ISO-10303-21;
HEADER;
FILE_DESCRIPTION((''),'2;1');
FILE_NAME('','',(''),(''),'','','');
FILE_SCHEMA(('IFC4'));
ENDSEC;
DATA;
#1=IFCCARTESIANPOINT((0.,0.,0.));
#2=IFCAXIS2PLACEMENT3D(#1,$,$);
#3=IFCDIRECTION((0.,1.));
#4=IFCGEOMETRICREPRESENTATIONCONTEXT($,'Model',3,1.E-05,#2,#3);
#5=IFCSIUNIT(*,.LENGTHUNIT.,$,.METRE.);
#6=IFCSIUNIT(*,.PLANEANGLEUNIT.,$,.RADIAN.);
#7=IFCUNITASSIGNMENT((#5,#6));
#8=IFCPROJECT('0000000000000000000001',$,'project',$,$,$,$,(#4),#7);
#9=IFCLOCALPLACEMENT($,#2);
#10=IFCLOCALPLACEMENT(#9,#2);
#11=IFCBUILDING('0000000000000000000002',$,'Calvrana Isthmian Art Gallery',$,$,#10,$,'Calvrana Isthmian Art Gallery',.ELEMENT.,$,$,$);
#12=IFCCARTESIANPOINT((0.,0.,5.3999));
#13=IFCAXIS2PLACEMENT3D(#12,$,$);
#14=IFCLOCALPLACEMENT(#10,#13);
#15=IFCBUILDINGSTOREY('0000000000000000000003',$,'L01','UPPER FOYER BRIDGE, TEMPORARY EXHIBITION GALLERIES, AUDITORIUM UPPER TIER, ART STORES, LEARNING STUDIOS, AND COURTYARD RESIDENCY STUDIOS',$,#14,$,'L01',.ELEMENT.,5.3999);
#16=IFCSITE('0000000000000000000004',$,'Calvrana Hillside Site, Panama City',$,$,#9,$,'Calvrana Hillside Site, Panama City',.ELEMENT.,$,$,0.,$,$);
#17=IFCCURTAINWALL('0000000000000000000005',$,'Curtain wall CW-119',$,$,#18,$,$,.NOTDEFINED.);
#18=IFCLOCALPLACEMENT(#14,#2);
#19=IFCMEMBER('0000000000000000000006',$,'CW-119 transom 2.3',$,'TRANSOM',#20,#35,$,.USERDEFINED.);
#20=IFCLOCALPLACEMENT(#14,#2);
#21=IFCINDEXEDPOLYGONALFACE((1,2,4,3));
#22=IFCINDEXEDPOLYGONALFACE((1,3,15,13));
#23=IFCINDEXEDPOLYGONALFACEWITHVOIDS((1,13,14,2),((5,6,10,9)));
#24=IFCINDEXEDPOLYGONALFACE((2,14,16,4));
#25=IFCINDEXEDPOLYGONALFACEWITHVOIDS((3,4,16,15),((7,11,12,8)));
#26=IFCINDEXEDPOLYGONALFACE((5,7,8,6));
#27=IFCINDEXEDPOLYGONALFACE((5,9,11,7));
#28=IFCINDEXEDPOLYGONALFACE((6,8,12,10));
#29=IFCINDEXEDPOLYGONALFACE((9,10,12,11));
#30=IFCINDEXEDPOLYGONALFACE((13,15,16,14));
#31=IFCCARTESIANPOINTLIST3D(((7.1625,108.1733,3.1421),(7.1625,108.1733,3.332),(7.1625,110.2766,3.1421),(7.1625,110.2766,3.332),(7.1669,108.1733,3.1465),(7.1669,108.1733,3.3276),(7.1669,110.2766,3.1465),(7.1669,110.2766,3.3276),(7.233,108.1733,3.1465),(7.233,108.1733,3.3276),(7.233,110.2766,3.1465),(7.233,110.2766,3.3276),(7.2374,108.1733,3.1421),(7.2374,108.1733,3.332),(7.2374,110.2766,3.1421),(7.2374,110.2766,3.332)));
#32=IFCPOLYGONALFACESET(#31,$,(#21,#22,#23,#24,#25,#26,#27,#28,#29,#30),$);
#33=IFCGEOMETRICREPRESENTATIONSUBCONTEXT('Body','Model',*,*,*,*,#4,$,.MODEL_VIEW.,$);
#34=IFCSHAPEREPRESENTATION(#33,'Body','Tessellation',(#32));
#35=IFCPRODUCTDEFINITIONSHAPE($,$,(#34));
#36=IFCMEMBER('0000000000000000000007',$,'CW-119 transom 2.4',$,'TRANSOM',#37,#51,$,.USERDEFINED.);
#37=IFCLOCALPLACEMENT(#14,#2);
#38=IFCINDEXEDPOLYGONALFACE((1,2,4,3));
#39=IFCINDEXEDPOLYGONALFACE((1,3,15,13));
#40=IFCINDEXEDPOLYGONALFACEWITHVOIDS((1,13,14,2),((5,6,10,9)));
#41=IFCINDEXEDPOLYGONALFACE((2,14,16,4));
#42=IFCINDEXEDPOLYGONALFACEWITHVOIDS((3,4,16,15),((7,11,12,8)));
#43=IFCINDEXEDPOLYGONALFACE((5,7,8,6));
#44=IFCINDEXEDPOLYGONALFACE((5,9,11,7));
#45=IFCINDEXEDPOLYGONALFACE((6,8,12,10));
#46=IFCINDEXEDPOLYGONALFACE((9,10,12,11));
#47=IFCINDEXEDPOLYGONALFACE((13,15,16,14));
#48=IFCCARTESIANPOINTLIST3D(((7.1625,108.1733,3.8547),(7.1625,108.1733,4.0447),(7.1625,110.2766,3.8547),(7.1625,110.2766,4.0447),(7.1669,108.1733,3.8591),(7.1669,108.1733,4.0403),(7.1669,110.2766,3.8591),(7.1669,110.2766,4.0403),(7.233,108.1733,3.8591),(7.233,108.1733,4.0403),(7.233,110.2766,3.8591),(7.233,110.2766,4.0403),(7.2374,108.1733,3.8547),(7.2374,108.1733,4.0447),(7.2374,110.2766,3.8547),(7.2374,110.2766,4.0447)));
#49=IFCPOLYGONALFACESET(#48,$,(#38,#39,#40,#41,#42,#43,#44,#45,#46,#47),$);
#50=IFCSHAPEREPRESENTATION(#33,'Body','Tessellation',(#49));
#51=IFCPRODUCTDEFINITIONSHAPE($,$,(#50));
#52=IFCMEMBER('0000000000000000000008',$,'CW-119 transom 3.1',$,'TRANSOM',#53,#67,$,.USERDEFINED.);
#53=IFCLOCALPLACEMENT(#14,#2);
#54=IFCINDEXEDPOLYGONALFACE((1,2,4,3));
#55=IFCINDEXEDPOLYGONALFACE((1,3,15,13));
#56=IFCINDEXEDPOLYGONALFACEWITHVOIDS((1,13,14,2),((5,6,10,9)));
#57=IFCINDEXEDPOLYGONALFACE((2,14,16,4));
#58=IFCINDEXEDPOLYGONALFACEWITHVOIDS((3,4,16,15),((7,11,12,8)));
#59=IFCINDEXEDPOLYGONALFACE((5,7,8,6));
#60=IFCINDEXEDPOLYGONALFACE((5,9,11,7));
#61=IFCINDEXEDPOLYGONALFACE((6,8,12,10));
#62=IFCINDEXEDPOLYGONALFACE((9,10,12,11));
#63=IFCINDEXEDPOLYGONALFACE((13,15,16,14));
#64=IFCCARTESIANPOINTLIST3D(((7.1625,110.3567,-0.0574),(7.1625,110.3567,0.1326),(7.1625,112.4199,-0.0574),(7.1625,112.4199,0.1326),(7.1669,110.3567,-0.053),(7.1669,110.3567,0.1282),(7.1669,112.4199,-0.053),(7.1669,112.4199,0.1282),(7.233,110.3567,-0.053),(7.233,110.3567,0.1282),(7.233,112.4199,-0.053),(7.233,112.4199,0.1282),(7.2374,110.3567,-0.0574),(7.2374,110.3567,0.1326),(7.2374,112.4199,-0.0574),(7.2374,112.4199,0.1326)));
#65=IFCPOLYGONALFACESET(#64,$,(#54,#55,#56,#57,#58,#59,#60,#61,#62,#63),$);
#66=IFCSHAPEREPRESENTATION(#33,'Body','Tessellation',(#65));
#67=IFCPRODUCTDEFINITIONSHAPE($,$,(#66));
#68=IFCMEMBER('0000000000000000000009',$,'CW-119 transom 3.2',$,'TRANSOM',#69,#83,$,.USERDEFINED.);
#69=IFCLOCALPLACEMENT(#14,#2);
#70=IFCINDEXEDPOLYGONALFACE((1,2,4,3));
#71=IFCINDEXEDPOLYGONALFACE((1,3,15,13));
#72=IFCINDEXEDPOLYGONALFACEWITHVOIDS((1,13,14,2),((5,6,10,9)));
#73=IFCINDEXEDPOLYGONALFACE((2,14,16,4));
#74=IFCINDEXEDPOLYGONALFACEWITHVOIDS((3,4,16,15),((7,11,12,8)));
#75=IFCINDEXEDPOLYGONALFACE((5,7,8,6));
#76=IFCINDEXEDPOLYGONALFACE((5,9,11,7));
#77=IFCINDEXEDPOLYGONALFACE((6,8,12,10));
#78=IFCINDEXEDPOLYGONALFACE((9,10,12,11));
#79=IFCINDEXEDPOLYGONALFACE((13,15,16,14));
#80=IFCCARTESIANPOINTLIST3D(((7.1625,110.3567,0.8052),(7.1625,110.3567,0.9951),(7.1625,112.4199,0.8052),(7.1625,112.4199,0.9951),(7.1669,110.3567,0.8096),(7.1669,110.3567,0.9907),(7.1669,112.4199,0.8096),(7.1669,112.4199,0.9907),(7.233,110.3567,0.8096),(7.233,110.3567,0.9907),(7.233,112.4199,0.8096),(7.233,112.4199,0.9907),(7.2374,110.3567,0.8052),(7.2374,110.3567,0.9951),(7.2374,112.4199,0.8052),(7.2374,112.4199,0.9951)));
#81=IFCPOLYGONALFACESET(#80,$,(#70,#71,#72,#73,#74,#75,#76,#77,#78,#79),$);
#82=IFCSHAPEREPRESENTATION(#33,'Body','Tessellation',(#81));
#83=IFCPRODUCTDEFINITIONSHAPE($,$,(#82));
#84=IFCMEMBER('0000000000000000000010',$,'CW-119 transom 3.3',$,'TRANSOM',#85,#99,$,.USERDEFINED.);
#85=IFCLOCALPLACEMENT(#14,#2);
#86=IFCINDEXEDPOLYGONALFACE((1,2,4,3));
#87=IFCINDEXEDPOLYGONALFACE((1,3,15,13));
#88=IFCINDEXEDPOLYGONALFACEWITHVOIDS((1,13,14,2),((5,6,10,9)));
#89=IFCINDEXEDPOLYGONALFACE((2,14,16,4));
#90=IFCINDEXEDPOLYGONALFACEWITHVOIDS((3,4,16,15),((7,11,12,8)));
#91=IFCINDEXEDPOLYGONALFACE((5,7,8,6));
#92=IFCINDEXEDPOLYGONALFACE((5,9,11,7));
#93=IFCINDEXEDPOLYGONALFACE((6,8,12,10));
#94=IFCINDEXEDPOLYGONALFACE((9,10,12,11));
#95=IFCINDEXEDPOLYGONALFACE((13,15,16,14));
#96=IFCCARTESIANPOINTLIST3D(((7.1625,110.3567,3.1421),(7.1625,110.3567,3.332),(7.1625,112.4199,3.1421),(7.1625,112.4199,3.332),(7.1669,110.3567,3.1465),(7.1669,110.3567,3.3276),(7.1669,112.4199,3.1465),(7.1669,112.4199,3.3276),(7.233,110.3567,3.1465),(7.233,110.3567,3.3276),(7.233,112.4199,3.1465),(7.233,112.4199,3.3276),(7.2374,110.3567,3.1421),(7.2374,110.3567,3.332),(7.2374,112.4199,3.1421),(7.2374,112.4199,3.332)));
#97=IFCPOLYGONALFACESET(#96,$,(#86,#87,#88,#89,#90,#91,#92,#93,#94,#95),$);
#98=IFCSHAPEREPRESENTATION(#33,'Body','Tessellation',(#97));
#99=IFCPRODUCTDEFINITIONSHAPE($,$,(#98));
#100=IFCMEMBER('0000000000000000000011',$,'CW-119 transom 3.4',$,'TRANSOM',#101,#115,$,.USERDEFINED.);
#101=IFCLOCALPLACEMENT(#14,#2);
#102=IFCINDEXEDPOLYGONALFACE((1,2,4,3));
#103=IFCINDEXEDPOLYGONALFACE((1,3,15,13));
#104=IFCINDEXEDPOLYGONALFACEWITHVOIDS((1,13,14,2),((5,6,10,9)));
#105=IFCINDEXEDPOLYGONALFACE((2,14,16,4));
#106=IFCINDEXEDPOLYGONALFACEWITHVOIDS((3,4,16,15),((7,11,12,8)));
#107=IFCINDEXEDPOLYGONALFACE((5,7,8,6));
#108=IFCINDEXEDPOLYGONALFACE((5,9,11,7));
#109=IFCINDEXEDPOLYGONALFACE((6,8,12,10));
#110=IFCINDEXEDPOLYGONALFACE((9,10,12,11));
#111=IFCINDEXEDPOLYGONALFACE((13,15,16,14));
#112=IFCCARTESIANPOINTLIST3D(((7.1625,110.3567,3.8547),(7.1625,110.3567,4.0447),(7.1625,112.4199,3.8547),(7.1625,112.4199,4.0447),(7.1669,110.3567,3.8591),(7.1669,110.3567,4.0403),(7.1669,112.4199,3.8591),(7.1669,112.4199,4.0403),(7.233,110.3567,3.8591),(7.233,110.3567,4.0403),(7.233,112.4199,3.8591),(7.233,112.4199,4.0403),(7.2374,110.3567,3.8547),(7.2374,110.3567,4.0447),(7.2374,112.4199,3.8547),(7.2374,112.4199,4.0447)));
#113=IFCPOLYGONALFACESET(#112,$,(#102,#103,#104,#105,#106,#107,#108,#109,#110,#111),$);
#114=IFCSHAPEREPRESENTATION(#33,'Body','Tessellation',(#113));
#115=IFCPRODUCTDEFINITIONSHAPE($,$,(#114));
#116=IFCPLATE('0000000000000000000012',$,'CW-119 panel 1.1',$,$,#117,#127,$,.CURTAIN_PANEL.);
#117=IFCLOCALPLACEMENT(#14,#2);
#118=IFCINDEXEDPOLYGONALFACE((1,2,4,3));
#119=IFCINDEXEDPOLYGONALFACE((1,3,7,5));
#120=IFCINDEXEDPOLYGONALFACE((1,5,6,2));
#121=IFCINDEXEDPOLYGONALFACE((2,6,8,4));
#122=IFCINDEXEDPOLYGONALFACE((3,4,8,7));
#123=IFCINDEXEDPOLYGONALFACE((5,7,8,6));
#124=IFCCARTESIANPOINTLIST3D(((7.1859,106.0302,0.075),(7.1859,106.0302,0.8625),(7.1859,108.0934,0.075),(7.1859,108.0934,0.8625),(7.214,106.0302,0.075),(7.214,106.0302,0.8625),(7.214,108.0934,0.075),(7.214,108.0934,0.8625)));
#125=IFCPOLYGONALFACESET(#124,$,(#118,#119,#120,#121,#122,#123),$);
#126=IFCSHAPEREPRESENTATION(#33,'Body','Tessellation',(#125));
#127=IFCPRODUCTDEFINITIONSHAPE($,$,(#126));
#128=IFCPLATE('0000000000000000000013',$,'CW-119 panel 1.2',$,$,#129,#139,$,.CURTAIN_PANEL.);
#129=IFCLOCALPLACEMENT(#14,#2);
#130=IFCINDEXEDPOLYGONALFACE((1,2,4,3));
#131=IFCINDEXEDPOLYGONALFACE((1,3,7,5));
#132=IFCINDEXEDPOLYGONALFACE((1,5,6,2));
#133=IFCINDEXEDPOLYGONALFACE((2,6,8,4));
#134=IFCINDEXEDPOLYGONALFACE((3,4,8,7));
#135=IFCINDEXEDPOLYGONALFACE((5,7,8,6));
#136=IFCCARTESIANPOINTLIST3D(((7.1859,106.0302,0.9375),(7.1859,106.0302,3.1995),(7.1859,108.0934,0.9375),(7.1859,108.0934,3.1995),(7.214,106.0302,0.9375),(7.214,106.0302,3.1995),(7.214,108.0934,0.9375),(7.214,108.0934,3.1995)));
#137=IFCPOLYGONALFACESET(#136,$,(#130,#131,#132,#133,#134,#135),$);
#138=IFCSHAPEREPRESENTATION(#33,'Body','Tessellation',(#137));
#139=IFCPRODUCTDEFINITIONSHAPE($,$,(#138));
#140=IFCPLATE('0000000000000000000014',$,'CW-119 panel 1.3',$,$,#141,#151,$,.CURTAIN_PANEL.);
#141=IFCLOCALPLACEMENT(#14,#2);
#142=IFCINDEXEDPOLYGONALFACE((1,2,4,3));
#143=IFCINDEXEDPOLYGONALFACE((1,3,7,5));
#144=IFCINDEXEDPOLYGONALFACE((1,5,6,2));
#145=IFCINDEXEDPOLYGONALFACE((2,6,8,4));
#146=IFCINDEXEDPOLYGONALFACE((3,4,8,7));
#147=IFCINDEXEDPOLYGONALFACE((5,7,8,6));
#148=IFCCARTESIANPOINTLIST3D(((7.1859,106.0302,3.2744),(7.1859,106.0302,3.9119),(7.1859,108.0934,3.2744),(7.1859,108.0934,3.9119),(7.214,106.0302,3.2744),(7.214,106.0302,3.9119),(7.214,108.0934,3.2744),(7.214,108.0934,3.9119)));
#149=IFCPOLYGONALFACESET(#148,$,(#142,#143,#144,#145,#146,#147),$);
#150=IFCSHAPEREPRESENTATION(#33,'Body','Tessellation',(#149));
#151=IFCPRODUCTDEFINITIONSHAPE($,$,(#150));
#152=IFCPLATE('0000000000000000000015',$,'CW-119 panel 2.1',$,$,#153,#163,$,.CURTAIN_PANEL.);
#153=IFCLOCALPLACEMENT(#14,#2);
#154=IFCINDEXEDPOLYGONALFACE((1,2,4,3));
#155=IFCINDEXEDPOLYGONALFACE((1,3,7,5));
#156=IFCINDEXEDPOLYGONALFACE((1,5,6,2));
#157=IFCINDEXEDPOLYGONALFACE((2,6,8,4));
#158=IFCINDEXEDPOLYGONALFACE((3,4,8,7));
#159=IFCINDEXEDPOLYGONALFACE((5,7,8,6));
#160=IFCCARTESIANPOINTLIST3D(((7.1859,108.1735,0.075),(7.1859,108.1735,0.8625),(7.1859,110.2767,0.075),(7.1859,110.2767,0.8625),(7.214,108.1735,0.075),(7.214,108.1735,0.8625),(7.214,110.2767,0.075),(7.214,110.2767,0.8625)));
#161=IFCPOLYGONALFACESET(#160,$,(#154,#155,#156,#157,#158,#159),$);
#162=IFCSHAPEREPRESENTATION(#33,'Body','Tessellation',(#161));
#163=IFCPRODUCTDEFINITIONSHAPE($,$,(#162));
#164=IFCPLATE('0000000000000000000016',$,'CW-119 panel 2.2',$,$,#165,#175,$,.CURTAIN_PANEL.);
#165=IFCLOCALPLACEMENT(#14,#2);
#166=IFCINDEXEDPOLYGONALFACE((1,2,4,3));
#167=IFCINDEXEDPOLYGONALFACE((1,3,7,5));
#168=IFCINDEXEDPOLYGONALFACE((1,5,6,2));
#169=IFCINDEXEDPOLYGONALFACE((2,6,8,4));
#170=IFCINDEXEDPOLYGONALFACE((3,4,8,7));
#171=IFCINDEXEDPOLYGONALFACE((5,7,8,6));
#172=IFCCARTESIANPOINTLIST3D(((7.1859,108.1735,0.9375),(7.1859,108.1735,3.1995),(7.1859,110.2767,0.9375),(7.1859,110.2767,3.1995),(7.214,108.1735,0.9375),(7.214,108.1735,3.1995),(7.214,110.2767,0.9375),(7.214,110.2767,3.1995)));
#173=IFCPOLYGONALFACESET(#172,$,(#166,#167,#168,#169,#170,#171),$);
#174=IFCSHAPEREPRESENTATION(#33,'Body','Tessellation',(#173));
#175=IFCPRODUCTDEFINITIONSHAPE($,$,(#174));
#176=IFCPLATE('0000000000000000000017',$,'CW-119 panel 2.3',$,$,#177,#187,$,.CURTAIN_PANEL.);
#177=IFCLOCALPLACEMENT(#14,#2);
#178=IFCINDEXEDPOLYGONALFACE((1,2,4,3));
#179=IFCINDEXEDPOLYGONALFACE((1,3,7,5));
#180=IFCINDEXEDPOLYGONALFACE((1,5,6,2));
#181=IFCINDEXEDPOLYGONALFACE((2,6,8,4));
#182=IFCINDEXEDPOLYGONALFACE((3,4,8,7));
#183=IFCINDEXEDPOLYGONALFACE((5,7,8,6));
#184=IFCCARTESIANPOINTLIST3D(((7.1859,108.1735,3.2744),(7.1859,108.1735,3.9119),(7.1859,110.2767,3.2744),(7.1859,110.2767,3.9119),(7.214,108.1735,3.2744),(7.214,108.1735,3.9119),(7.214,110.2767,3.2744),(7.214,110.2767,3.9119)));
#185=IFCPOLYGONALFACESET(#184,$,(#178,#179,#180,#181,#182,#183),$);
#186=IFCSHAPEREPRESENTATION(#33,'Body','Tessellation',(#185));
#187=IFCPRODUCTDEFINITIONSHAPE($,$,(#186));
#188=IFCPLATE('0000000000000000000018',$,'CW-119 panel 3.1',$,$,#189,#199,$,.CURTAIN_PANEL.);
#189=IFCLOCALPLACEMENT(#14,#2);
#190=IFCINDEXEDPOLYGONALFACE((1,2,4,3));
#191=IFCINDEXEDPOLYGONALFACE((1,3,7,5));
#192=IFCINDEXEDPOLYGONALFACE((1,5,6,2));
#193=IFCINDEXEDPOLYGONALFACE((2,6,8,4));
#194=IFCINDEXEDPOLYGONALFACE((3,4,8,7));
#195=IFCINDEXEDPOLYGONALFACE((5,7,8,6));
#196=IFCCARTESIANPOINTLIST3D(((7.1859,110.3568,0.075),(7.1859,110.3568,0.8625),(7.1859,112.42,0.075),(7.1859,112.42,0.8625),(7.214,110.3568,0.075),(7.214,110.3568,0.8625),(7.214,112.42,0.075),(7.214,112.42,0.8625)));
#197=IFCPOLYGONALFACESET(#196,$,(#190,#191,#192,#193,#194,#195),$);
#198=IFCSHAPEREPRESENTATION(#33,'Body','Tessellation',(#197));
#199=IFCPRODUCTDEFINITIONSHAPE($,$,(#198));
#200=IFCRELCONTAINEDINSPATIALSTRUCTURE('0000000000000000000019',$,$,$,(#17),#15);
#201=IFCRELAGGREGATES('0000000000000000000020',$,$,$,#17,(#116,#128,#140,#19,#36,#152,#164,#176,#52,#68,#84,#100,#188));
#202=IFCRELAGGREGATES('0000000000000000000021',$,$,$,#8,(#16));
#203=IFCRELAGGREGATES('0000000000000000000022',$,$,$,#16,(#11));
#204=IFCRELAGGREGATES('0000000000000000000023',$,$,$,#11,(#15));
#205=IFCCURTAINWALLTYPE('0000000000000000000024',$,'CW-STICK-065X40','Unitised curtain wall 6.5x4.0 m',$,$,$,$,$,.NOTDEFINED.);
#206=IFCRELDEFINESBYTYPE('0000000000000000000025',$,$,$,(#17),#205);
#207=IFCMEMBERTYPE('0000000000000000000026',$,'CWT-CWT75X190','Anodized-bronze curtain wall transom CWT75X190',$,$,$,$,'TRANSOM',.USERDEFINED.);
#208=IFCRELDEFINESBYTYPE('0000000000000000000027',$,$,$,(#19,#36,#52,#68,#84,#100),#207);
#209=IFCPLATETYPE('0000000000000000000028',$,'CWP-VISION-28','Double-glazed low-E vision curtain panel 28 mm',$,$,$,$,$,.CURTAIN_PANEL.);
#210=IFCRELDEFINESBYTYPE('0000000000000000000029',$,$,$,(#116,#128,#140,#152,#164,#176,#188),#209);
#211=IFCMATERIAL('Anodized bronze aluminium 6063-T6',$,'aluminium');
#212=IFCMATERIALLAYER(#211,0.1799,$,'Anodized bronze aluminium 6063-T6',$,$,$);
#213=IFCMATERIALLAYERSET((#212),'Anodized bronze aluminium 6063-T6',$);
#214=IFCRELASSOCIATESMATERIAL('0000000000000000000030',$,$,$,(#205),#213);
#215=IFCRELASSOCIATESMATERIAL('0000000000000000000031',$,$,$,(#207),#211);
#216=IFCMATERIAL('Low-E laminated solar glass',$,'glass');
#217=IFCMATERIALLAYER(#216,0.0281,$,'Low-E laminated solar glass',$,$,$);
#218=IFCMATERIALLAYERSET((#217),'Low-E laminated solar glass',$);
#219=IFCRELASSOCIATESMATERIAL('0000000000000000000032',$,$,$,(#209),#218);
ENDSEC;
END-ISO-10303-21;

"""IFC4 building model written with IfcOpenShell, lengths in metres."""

from ifc_helpers import new_model, si_unit, direction, frame, origin, origin_2d, place, context, subcontext, project, spatial, rectangle, hollow_rectangle, extrude, material, layer, layer_set, material_profile, profile_set, type_object, element, aggregate, save


model = new_model("IFC4")

# Units and contexts
model_context = context("Model", 3, precision=1e-05, world=origin(), true_north=direction((0.0, 1.0)))
body_context = subcontext(model_context, "Body", "Model", "MODEL_VIEW")
ifc_project = project(units=[si_unit("LENGTHUNIT", "METRE"), si_unit("PLANEANGLEUNIT", "RADIAN")], contexts=[model_context])

# Site, building, storey
site_placement = place(None, origin())
site = spatial("IfcSite", under=ifc_project, at=site_placement, Name="Calvrana Hillside Site, Panama City", LongName="Calvrana Hillside Site, Panama City", CompositionType="ELEMENT", RefElevation=0.0)
building_placement = place(site_placement, origin())
building = spatial("IfcBuilding", under=site, at=building_placement, Name="Calvrana Isthmian Art Gallery", LongName="Calvrana Isthmian Art Gallery", CompositionType="ELEMENT")
storey_placement = place(building_placement, frame((0.0, 0.0, 5.3999)))
storey = spatial("IfcBuildingStorey", under=building, at=storey_placement, Name="L01", Description="UPPER FOYER BRIDGE, TEMPORARY EXHIBITION GALLERIES, AUDITORIUM UPPER TIER, ART STORES, LEARNING STUDIOS, AND COURTYARD RESIDENCY STUDIOS", LongName="L01", CompositionType="ELEMENT", Elevation=5.3999)

# Shared definitions
ifc_material_1 = material(Name="Anodized bronze aluminium 6063-T6", Category="aluminium")

# Curtain wall
ifc_layer_1 = layer(ifc_material_1, 0.1799, Name="Anodized bronze aluminium 6063-T6")
ifc_layer_set_1 = layer_set([ifc_layer_1], Name="Anodized bronze aluminium 6063-T6")
curtain_wall_type_1 = type_object("IfcCurtainWallType", Name="CW-STICK-065X40", Description="Unitised curtain wall 6.5x4.0 m", PredefinedType="NOTDEFINED", material=ifc_layer_set_1)
curtain_wall_1_placement = place(storey_placement, origin())
curtain_wall_1 = element("IfcCurtainWall", 1, at=curtain_wall_1_placement, inside=storey, type_object=curtain_wall_type_1, Name="Curtain wall CW-119", PredefinedType="NOTDEFINED")

# Members
ifc_material_profile_1 = material_profile(ifc_material_1, hollow_rectangle(XDim=0.075, YDim=0.1899, WallThickness=0.0044, at=origin_2d()), Name="CWT75X190")
ifc_profile_set_1 = profile_set([ifc_material_profile_1], Name="Anodized bronze aluminium 6063-T6")
member_type_1 = type_object("IfcMemberType", Name="CWT-CWT75X190", Description="Anodized-bronze curtain wall transom CWT75X190", ElementType="TRANSOM", PredefinedType="USERDEFINED", material=ifc_profile_set_1)
member_1_placement = place(storey_placement, frame((7.2, 108.1733, 3.2371), z_axis=(0.0, 1.0, 0.0), x_axis=(-1.0, 0.0, 0.0)))
member_1 = element("IfcMember", 2, at=member_1_placement, type_object=member_type_1, Name="CW-119 transom 2.3", ObjectType="TRANSOM", PredefinedType="USERDEFINED", context=body_context, shape_type="SweptSolid", body=[
    extrude(hollow_rectangle(XDim=0.075, YDim=0.1899, WallThickness=0.0044, at=origin_2d()), origin(), (0.0, 0.0, 1.0), 2.1033),
])
member_2_placement = place(storey_placement, frame((7.2, 108.1733, 3.9497), z_axis=(0.0, 1.0, 0.0), x_axis=(-1.0, 0.0, 0.0)))
member_2 = element("IfcMember", 3, at=member_2_placement, type_object=member_type_1, Name="CW-119 transom 2.4", ObjectType="TRANSOM", PredefinedType="USERDEFINED", context=body_context, shape_type="SweptSolid", body=[
    extrude(hollow_rectangle(XDim=0.075, YDim=0.1899, WallThickness=0.0044, at=origin_2d()), origin(), (0.0, 0.0, 1.0), 2.1033),
])
member_3_placement = place(storey_placement, frame((7.2, 110.3567, 0.0376), z_axis=(0.0, 1.0, 0.0), x_axis=(-1.0, 0.0, 0.0)))
member_3 = element("IfcMember", 4, at=member_3_placement, type_object=member_type_1, Name="CW-119 transom 3.1", ObjectType="TRANSOM", PredefinedType="USERDEFINED", context=body_context, shape_type="SweptSolid", body=[
    extrude(hollow_rectangle(XDim=0.075, YDim=0.1899, WallThickness=0.0044, at=origin_2d()), origin(), (0.0, 0.0, 1.0), 2.0632),
])
member_4_placement = place(storey_placement, frame((7.2, 110.3567, 0.9001), z_axis=(0.0, 1.0, 0.0), x_axis=(-1.0, 0.0, 0.0)))
member_4 = element("IfcMember", 5, at=member_4_placement, type_object=member_type_1, Name="CW-119 transom 3.2", ObjectType="TRANSOM", PredefinedType="USERDEFINED", context=body_context, shape_type="SweptSolid", body=[
    extrude(hollow_rectangle(XDim=0.075, YDim=0.1899, WallThickness=0.0044, at=origin_2d()), origin(), (0.0, 0.0, 1.0), 2.0632),
])
member_5_placement = place(storey_placement, frame((7.2, 110.3567, 3.2371), z_axis=(0.0, 1.0, 0.0), x_axis=(-1.0, 0.0, 0.0)))
member_5 = element("IfcMember", 6, at=member_5_placement, type_object=member_type_1, Name="CW-119 transom 3.3", ObjectType="TRANSOM", PredefinedType="USERDEFINED", context=body_context, shape_type="SweptSolid", body=[
    extrude(hollow_rectangle(XDim=0.075, YDim=0.1899, WallThickness=0.0044, at=origin_2d()), origin(), (0.0, 0.0, 1.0), 2.0632),
])
member_6_placement = place(storey_placement, frame((7.2, 110.3567, 3.9497), z_axis=(0.0, 1.0, 0.0), x_axis=(-1.0, 0.0, 0.0)))
member_6 = element("IfcMember", 7, at=member_6_placement, type_object=member_type_1, Name="CW-119 transom 3.4", ObjectType="TRANSOM", PredefinedType="USERDEFINED", context=body_context, shape_type="SweptSolid", body=[
    extrude(hollow_rectangle(XDim=0.075, YDim=0.1899, WallThickness=0.0044, at=origin_2d()), origin(), (0.0, 0.0, 1.0), 2.0632),
])

# Plates
ifc_material_2 = material(Name="Low-E laminated solar glass", Category="glass")
ifc_layer_2 = layer(ifc_material_2, 0.0281, Name="Low-E laminated solar glass")
ifc_layer_set_2 = layer_set([ifc_layer_2], Name="Low-E laminated solar glass")
plate_type_1 = type_object("IfcPlateType", Name="CWP-VISION-28", Description="Double-glazed low-E vision curtain panel 28 mm", PredefinedType="CURTAIN_PANEL", material=ifc_layer_set_2)
plate_1_placement = place(storey_placement, frame((7.2, 107.0618, 0.075), z_axis=(0.0, 0.0, 1.0), x_axis=(0.0, 1.0, 0.0)))
plate_1 = element("IfcPlate", 8, at=plate_1_placement, type_object=plate_type_1, Name="CW-119 panel 1.1", PredefinedType="CURTAIN_PANEL", context=body_context, shape_type="SweptSolid", body=[
    extrude(rectangle(XDim=2.0632, YDim=0.0281, at=origin_2d()), origin(), (0.0, 0.0, 1.0), 0.7876),
])
plate_2_placement = place(storey_placement, frame((7.2, 107.0618, 0.9375), z_axis=(0.0, 0.0, 1.0), x_axis=(0.0, 1.0, 0.0)))
plate_2 = element("IfcPlate", 9, at=plate_2_placement, type_object=plate_type_1, Name="CW-119 panel 1.2", PredefinedType="CURTAIN_PANEL", context=body_context, shape_type="SweptSolid", body=[
    extrude(rectangle(XDim=2.0632, YDim=0.0281, at=origin_2d()), origin(), (0.0, 0.0, 1.0), 2.262),
])
plate_3_placement = place(storey_placement, frame((7.2, 107.0618, 3.2744), z_axis=(0.0, 0.0, 1.0), x_axis=(0.0, 1.0, 0.0)))
plate_3 = element("IfcPlate", 10, at=plate_3_placement, type_object=plate_type_1, Name="CW-119 panel 1.3", PredefinedType="CURTAIN_PANEL", context=body_context, shape_type="SweptSolid", body=[
    extrude(rectangle(XDim=2.0632, YDim=0.0281, at=origin_2d()), origin(), (0.0, 0.0, 1.0), 0.6375),
])
plate_4_placement = place(storey_placement, frame((7.2, 109.2251, 0.075), z_axis=(0.0, 0.0, 1.0), x_axis=(0.0, 1.0, 0.0)))
plate_4 = element("IfcPlate", 11, at=plate_4_placement, type_object=plate_type_1, Name="CW-119 panel 2.1", PredefinedType="CURTAIN_PANEL", context=body_context, shape_type="SweptSolid", body=[
    extrude(rectangle(XDim=2.1033, YDim=0.0281, at=origin_2d()), origin(), (0.0, 0.0, 1.0), 0.7876),
])
plate_5_placement = place(storey_placement, frame((7.2, 109.2251, 0.9375), z_axis=(0.0, 0.0, 1.0), x_axis=(0.0, 1.0, 0.0)))
plate_5 = element("IfcPlate", 12, at=plate_5_placement, type_object=plate_type_1, Name="CW-119 panel 2.2", PredefinedType="CURTAIN_PANEL", context=body_context, shape_type="SweptSolid", body=[
    extrude(rectangle(XDim=2.1033, YDim=0.0281, at=origin_2d()), origin(), (0.0, 0.0, 1.0), 2.262),
])
plate_6_placement = place(storey_placement, frame((7.2, 109.2251, 3.2744), z_axis=(0.0, 0.0, 1.0), x_axis=(0.0, 1.0, 0.0)))
plate_6 = element("IfcPlate", 13, at=plate_6_placement, type_object=plate_type_1, Name="CW-119 panel 2.3", PredefinedType="CURTAIN_PANEL", context=body_context, shape_type="SweptSolid", body=[
    extrude(rectangle(XDim=2.1033, YDim=0.0281, at=origin_2d()), origin(), (0.0, 0.0, 1.0), 0.6375),
])
plate_7_placement = place(storey_placement, frame((7.2, 111.3884, 0.075), z_axis=(0.0, 0.0, 1.0), x_axis=(0.0, 1.0, 0.0)))
plate_7 = element("IfcPlate", 14, at=plate_7_placement, type_object=plate_type_1, Name="CW-119 panel 3.1", PredefinedType="CURTAIN_PANEL", context=body_context, shape_type="SweptSolid", body=[
    extrude(rectangle(XDim=2.0632, YDim=0.0281, at=origin_2d()), origin(), (0.0, 0.0, 1.0), 0.7876),
])
aggregate(curtain_wall_1, [plate_1, plate_2, plate_3, member_1, member_2, plate_4, plate_5, plate_6, member_3, member_4, member_5, member_6, plate_7])

save(model, "model.ifc")
